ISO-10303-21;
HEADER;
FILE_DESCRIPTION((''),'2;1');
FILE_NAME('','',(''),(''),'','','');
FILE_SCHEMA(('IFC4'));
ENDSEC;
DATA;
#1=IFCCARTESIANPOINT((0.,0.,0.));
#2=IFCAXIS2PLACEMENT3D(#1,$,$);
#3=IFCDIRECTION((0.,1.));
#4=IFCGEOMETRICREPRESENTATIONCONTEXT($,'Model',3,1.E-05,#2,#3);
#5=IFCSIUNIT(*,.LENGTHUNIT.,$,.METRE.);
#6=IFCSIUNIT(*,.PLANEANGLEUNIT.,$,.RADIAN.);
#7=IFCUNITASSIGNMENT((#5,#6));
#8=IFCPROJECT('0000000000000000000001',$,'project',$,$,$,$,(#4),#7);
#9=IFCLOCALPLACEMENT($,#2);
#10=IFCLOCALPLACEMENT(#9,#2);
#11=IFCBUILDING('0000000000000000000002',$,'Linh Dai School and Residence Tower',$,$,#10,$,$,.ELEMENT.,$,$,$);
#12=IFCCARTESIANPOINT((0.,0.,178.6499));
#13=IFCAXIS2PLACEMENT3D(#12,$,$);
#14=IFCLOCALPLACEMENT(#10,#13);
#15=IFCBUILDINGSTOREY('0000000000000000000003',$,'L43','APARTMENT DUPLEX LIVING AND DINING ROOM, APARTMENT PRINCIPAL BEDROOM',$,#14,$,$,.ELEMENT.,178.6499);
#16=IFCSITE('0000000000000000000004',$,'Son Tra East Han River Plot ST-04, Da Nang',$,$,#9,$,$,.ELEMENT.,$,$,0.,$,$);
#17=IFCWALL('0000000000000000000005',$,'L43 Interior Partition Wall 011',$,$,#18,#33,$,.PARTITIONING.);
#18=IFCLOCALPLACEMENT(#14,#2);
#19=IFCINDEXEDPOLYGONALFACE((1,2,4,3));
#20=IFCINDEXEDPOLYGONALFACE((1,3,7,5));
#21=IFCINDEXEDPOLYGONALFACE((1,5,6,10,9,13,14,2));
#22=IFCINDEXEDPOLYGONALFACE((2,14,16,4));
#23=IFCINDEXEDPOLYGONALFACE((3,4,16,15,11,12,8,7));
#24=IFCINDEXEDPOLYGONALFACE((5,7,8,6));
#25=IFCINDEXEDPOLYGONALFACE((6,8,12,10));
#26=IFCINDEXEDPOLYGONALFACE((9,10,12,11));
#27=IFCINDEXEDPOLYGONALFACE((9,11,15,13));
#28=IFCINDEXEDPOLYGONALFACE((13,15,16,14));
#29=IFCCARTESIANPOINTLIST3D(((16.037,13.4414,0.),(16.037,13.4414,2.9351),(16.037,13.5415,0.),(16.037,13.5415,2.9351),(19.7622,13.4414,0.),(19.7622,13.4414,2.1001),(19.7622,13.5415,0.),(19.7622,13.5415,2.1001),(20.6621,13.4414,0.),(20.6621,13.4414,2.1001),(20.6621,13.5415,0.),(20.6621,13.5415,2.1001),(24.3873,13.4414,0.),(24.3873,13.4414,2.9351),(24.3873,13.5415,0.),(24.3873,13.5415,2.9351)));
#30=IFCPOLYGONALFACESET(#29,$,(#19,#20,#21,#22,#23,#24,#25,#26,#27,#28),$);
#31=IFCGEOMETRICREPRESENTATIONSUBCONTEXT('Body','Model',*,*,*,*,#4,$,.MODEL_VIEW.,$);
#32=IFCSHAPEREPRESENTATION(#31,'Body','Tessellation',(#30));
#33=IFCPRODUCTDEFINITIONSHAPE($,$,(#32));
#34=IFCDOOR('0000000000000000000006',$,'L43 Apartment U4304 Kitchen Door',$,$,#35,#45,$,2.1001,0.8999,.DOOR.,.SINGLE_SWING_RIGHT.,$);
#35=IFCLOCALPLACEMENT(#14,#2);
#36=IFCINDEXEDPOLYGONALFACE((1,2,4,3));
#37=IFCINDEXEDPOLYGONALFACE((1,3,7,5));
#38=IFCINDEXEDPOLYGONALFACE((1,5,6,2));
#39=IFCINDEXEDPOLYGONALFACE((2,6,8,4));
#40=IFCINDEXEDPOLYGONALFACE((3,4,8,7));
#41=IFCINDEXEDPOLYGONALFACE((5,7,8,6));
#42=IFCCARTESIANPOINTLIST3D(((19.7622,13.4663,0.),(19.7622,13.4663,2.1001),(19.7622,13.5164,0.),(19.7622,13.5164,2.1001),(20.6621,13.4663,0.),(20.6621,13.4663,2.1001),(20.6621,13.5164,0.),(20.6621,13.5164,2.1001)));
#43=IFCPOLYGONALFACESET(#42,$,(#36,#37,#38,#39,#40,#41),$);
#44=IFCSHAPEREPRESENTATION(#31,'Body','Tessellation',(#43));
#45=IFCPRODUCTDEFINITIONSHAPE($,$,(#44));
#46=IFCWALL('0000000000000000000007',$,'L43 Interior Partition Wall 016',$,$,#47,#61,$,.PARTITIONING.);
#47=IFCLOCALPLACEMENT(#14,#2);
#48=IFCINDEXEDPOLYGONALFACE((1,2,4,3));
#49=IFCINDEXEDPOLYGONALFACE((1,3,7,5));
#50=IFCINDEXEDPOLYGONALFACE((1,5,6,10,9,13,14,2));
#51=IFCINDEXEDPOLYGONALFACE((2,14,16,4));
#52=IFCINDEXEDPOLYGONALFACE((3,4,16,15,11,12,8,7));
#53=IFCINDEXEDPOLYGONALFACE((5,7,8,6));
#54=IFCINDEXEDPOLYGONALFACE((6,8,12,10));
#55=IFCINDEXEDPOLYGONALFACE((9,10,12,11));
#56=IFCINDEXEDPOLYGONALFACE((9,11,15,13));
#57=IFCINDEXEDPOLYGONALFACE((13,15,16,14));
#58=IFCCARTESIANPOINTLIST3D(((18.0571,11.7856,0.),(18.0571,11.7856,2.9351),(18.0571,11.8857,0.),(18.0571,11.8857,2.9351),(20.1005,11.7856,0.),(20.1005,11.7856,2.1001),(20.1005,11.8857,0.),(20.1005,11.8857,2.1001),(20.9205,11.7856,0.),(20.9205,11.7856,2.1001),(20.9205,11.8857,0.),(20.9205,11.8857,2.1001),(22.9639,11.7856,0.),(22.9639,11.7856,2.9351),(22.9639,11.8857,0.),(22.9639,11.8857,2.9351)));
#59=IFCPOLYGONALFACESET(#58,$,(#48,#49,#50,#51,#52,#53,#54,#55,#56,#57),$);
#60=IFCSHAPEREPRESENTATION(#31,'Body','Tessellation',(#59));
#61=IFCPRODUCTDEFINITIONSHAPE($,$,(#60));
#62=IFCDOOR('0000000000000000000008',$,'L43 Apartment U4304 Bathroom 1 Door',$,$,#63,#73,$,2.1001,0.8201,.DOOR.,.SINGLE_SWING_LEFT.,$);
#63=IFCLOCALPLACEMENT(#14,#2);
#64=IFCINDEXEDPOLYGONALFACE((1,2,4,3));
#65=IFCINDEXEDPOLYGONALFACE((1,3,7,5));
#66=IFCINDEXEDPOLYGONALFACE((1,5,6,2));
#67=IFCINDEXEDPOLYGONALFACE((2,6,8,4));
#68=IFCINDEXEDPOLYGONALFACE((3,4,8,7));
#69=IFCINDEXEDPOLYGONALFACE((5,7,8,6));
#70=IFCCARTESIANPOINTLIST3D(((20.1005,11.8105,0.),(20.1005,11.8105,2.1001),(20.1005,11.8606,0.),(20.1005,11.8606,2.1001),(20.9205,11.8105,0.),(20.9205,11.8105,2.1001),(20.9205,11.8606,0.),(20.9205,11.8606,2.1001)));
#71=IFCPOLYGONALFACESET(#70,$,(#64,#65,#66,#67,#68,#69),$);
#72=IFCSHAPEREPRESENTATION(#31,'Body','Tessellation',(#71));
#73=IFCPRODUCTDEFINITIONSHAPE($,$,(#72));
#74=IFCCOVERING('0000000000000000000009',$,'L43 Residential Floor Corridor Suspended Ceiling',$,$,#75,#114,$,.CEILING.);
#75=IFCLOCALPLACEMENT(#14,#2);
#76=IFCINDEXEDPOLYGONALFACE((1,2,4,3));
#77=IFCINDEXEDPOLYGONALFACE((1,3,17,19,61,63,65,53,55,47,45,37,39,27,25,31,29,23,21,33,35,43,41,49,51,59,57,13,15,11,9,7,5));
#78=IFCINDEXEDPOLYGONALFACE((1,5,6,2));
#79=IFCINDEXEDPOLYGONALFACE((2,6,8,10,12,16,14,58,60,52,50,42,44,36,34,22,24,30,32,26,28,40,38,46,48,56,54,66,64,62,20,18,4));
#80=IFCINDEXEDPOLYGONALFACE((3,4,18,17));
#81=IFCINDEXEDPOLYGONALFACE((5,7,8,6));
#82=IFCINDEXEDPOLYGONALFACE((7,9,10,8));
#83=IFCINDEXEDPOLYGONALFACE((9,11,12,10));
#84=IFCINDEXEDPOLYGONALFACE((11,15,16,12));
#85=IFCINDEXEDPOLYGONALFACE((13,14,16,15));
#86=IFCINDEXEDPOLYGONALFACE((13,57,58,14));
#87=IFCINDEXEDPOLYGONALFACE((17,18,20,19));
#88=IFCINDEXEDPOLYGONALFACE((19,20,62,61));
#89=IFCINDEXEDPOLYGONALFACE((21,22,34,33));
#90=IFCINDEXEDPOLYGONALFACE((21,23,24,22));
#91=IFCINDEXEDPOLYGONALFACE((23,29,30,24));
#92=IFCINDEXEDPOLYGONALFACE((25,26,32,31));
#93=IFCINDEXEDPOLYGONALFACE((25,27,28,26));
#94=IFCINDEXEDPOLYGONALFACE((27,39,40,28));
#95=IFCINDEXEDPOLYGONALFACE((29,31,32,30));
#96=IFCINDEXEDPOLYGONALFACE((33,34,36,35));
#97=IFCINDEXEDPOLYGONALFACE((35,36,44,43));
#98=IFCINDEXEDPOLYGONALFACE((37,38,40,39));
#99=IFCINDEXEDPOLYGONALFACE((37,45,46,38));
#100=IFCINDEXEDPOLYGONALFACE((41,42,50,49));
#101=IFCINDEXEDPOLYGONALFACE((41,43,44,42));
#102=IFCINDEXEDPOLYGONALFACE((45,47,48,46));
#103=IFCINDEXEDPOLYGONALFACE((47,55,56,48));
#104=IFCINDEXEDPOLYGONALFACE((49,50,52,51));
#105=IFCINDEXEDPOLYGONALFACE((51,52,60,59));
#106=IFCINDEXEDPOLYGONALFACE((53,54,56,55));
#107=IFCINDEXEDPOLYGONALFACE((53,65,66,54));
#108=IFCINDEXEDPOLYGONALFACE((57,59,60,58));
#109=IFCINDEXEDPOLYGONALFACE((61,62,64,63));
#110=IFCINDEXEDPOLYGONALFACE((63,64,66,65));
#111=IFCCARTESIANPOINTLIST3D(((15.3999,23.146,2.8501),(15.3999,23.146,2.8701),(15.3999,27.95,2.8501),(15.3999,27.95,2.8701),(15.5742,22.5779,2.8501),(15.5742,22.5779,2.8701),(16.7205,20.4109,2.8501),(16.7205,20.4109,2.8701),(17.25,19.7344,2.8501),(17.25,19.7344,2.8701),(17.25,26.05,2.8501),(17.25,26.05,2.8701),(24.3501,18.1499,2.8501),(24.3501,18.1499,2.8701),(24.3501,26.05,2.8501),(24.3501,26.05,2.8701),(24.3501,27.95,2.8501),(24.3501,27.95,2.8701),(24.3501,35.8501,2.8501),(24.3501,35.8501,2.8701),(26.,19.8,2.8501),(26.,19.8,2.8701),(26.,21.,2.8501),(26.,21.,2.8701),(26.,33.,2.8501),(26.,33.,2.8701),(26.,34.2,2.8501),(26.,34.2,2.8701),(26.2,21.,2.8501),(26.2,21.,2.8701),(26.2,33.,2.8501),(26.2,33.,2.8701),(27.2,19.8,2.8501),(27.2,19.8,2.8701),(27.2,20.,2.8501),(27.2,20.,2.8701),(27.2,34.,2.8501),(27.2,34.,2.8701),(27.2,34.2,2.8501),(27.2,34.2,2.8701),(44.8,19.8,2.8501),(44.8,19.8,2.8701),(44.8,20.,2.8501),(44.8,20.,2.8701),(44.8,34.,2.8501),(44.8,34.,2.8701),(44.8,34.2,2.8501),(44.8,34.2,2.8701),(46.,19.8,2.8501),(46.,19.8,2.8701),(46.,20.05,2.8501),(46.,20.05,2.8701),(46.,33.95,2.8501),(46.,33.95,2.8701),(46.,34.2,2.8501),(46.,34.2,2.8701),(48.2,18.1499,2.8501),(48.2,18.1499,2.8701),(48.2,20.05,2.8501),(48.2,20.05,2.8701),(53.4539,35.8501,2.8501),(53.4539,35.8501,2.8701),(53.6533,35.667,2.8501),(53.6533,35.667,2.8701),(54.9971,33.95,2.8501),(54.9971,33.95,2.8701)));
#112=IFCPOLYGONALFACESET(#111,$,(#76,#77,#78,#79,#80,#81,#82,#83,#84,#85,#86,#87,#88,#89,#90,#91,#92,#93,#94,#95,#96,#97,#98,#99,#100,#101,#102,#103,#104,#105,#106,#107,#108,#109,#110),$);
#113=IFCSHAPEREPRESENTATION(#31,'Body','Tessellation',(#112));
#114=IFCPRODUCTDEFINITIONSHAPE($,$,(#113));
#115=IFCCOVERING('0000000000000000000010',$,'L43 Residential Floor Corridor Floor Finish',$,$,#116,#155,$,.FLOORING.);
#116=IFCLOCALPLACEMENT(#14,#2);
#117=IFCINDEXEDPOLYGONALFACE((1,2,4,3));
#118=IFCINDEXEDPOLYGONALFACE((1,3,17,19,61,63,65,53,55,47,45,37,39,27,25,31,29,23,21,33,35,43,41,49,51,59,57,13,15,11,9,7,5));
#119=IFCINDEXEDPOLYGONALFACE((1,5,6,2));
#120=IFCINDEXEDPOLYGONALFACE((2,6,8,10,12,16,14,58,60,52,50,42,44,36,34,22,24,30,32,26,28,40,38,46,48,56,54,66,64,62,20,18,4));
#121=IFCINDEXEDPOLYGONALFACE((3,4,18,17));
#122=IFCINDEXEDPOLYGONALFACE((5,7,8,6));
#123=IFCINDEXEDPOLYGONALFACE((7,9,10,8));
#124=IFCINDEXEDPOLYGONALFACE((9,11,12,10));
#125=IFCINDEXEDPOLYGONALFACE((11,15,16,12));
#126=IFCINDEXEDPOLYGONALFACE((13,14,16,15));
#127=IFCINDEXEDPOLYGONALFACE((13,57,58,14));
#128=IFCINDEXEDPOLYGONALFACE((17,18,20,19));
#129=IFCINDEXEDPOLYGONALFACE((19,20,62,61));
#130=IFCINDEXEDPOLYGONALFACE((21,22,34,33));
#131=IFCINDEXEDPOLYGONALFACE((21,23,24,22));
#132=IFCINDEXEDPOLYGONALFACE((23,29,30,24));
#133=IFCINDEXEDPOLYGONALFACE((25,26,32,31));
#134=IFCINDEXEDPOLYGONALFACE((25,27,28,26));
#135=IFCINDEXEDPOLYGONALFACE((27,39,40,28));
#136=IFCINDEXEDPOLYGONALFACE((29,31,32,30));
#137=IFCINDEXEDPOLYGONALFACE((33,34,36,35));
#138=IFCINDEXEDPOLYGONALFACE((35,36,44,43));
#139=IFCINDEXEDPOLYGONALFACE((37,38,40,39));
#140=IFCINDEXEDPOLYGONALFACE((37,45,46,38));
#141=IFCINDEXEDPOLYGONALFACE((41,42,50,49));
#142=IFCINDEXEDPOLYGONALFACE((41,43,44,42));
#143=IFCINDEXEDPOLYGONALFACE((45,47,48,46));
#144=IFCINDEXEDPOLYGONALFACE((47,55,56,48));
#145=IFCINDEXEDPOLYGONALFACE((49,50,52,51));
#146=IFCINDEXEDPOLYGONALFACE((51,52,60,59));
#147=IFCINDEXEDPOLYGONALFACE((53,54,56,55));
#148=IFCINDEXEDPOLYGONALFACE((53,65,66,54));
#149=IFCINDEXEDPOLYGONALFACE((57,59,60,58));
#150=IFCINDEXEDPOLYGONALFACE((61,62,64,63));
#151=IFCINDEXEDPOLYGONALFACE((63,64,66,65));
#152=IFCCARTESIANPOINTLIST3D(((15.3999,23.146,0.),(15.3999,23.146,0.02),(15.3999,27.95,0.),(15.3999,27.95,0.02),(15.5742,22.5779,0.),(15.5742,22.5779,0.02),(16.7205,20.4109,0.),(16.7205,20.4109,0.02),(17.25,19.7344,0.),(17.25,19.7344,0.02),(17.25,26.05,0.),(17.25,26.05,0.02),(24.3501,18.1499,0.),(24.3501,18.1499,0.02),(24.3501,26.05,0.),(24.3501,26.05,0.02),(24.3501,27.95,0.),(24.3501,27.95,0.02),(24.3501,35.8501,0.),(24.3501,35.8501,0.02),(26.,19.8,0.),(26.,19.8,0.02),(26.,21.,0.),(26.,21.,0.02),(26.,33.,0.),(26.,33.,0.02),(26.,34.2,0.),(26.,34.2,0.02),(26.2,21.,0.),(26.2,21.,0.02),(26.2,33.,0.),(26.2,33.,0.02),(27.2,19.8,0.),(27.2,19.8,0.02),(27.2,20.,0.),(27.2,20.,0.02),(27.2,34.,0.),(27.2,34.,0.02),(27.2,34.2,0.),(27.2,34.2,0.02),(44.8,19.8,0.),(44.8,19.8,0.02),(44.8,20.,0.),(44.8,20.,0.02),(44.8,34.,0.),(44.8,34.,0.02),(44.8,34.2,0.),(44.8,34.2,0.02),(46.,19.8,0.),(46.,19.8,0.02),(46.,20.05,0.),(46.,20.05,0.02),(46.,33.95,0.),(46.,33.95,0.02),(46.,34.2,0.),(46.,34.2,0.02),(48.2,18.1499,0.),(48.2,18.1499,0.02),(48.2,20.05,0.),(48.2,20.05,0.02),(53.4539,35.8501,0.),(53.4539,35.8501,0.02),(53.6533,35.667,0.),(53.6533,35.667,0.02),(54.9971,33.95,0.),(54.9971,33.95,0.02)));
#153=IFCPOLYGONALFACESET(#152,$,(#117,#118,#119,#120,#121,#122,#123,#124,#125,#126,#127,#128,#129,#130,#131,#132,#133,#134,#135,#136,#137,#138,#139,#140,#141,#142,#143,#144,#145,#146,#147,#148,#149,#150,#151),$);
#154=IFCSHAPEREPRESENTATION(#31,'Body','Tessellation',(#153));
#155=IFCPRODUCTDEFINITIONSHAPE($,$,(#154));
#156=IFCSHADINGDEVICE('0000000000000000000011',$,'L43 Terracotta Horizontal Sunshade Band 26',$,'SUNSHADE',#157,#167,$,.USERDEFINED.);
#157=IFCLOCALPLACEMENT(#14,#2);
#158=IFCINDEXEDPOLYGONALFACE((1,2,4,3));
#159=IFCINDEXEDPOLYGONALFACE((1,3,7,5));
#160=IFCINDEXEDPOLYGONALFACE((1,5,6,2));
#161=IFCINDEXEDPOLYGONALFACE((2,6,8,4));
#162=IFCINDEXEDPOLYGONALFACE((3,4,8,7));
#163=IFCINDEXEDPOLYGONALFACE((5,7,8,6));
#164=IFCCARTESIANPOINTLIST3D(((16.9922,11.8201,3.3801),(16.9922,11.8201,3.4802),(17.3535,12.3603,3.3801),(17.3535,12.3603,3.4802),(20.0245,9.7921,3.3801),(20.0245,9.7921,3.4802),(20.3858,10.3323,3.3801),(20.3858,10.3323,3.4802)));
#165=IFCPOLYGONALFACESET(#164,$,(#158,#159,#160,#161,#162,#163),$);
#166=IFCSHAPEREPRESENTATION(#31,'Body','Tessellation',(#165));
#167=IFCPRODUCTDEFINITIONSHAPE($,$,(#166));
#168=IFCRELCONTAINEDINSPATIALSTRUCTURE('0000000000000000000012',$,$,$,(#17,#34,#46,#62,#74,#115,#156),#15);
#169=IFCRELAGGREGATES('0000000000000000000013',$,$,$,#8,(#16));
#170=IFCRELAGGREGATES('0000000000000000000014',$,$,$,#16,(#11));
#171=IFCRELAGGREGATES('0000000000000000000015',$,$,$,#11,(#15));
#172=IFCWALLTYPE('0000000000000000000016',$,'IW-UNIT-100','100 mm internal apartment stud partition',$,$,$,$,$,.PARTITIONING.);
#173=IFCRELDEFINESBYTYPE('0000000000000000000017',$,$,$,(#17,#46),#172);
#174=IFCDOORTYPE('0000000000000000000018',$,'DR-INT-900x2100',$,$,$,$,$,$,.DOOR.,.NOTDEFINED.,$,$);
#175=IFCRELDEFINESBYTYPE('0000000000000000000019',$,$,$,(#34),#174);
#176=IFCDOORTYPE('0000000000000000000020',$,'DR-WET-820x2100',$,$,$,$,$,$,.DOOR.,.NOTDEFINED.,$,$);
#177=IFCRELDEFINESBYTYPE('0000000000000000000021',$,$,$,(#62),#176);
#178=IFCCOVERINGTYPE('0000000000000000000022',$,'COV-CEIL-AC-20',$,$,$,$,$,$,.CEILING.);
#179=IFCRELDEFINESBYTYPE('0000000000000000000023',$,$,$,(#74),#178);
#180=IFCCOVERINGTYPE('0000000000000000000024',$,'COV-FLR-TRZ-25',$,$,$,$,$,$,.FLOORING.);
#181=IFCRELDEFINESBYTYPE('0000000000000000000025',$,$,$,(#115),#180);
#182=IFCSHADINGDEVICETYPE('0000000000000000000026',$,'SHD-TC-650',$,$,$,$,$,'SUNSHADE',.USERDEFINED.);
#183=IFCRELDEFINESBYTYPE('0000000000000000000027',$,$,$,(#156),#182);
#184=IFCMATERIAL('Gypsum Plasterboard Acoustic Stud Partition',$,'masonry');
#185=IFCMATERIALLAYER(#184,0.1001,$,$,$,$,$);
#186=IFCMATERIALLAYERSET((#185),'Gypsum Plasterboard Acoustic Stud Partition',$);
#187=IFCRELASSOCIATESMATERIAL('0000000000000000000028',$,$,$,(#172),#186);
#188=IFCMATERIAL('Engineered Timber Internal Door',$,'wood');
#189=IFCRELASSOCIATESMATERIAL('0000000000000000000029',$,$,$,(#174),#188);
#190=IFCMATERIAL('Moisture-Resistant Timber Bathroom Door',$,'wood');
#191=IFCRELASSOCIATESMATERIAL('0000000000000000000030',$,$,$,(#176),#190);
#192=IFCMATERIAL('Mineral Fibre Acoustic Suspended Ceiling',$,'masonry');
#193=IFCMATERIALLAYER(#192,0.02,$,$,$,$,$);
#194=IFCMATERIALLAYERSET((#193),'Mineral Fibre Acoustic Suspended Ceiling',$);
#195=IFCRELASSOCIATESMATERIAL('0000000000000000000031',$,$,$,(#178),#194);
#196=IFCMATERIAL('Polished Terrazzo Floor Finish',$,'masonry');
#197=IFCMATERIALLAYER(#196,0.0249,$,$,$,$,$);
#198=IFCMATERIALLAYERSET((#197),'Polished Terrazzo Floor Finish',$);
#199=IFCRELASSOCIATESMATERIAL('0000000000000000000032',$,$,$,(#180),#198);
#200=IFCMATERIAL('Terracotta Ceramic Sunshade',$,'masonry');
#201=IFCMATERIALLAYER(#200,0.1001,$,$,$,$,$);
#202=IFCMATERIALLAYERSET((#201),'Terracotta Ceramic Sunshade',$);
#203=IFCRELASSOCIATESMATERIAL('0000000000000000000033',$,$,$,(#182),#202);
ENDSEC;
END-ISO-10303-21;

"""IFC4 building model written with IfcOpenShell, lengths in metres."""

from ifc_helpers import new_model, si_unit, direction, frame, frame_2d, origin, origin_2d, place, context, subcontext, project, spatial, polyline, rectangle, outline, extrude, source, transform, mapped, material, layer, layer_set, type_object, element, fill, save


model = new_model("IFC4")

# Units and contexts
model_context = context("Model", 3, precision=1e-05, world=origin(), true_north=direction((0.0, 1.0)))
body_context = subcontext(model_context, "Body", "Model", "MODEL_VIEW")
ifc_project = project(units=[si_unit("LENGTHUNIT", "METRE"), si_unit("PLANEANGLEUNIT", "RADIAN")], contexts=[model_context])

# Site, building, storey
site_placement = place(None, origin())
site = spatial("IfcSite", under=ifc_project, at=site_placement, Name="Son Tra East Han River Plot ST-04, Da Nang", CompositionType="ELEMENT", RefElevation=0.0)
building_placement = place(site_placement, origin())
building = spatial("IfcBuilding", under=site, at=building_placement, Name="Linh Dai School and Residence Tower", CompositionType="ELEMENT")
storey_placement = place(building_placement, frame((0.0, 0.0, 178.6499)))
storey = spatial("IfcBuildingStorey", under=building, at=storey_placement, Name="L43", Description="APARTMENT DUPLEX LIVING AND DINING ROOM, APARTMENT PRINCIPAL BEDROOM", CompositionType="ELEMENT", Elevation=178.6499)

# Walls, openings, doors
ifc_material_1 = material(Name="Gypsum Plasterboard Acoustic Stud Partition", Category="masonry")
ifc_layer_1 = layer(ifc_material_1, 0.1001)
ifc_layer_set_1 = layer_set([ifc_layer_1], Name="Gypsum Plasterboard Acoustic Stud Partition")
wall_type_1 = type_object("IfcWallType", Name="IW-UNIT-100", Description="100 mm internal apartment stud partition", PredefinedType="PARTITIONING", material=ifc_layer_set_1)
ifc_material_2 = material(Name="Engineered Timber Internal Door", Category="wood")
door_type_1 = type_object("IfcDoorType", Name="DR-INT-900x2100", OperationType="NOTDEFINED", PredefinedType="DOOR", material=ifc_material_2)
shared_shape_1 = source(origin(), body_context, "Body", "SweptSolid", [
    extrude(rectangle(XDim=0.8999, YDim=2.1001, at=origin_2d()), frame((0.45, 0.0249, 1.05), z_axis=(0.0, -1.0, 0.0), x_axis=(1.0, 0.0, 0.0)), (0.0, 0.0, 1.0), 0.05),
])
wall_1_placement = place(storey_placement, frame((16.0369, 13.4915, 0.0), z_axis=(0.0, 0.0, 1.0), x_axis=(1.0, 0.0, 0.0)))
wall_1 = element("IfcWall", 1, at=wall_1_placement, inside=storey, type_object=wall_type_1, Name="L43 Interior Partition Wall 011", PredefinedType="PARTITIONING", context=body_context, shape_type="SweptSolid", body=[
    extrude(rectangle(XDim=8.3503, YDim=0.1001, at=frame_2d((4.1753, 0.0))), origin(), (0.0, 0.0, 1.0), 2.9351),
])
opening_1_placement = place(wall_1_placement, frame((3.7253, 0.0, 0.0)))
opening_1 = element("IfcOpeningElement", 2, at=opening_1_placement, cuts=wall_1, PredefinedType="OPENING", context=body_context, shape_type="SweptSolid", body=[
    extrude(rectangle(XDim=0.8999, YDim=2.1001, at=origin_2d()), frame((0.45, 0.0601, 1.05), z_axis=(0.0, -1.0, 0.0), x_axis=(1.0, 0.0, 0.0)), (0.0, 0.0, 1.0), 0.1201),
])
door_1_placement = place(opening_1_placement, origin())
door_1 = element("IfcDoor", 3, at=door_1_placement, inside=storey, type_object=door_type_1, Name="L43 Apartment U4304 Kitchen Door", OperationType="SINGLE_SWING_RIGHT", OverallHeight=2.1001, OverallWidth=0.8999, PredefinedType="DOOR", context=body_context, shape_type="MappedRepresentation", body=[
    mapped(shared_shape_1, transform((0.0, 0.0, 0.0), x_axis=(1.0, 0.0, 0.0), y_axis=(0.0, 1.0, 0.0), z_axis=(0.0, 0.0, 1.0), scale=1.0)),
])
fill(opening_1, door_1)
wall_2_placement = place(storey_placement, frame((18.0571, 11.8357, 0.0), z_axis=(0.0, 0.0, 1.0), x_axis=(1.0, 0.0, 0.0)))
wall_2 = element("IfcWall", 4, at=wall_2_placement, inside=storey, type_object=wall_type_1, Name="L43 Interior Partition Wall 016", PredefinedType="PARTITIONING", context=body_context, shape_type="SweptSolid", body=[
    extrude(rectangle(XDim=4.9067, YDim=0.1001, at=frame_2d((2.4534, 0.0))), origin(), (0.0, 0.0, 1.0), 2.9351),
])
opening_2_placement = place(wall_2_placement, frame((2.0432, 0.0, 0.0)))
opening_2 = element("IfcOpeningElement", 5, at=opening_2_placement, cuts=wall_2, PredefinedType="OPENING", context=body_context, shape_type="SweptSolid", body=[
    extrude(rectangle(XDim=0.8201, YDim=2.1001, at=origin_2d()), frame((0.4102, 0.0601, 1.05), z_axis=(0.0, -1.0, 0.0), x_axis=(1.0, 0.0, 0.0)), (0.0, 0.0, 1.0), 0.1201),
])
ifc_material_3 = material(Name="Moisture-Resistant Timber Bathroom Door", Category="wood")
door_type_2 = type_object("IfcDoorType", Name="DR-WET-820x2100", OperationType="NOTDEFINED", PredefinedType="DOOR", material=ifc_material_3)
shared_shape_2 = source(origin(), body_context, "Body", "SweptSolid", [
    extrude(rectangle(XDim=0.8201, YDim=2.1001, at=origin_2d()), frame((0.4102, 0.0249, 1.05), z_axis=(0.0, -1.0, 0.0), x_axis=(1.0, 0.0, 0.0)), (0.0, 0.0, 1.0), 0.05),
])
door_2_placement = place(opening_2_placement, origin())
door_2 = element("IfcDoor", 6, at=door_2_placement, inside=storey, type_object=door_type_2, Name="L43 Apartment U4304 Bathroom 1 Door", OperationType="SINGLE_SWING_LEFT", OverallHeight=2.1001, OverallWidth=0.8201, PredefinedType="DOOR", context=body_context, shape_type="MappedRepresentation", body=[
    mapped(shared_shape_2, transform((0.0, 0.0, 0.0), x_axis=(1.0, 0.0, 0.0), y_axis=(0.0, 1.0, 0.0), z_axis=(0.0, 0.0, 1.0), scale=1.0)),
])
fill(opening_2, door_2)

# Coverings
ifc_material_4 = material(Name="Mineral Fibre Acoustic Suspended Ceiling", Category="masonry")
ifc_layer_2 = layer(ifc_material_4, 0.02)
ifc_layer_set_2 = layer_set([ifc_layer_2], Name="Mineral Fibre Acoustic Suspended Ceiling")
covering_type_1 = type_object("IfcCoveringType", Name="COV-CEIL-AC-20", PredefinedType="CEILING", material=ifc_layer_set_2)
covering_1_placement = place(storey_placement, frame((0.0, 0.0, 2.8501)))
element("IfcCovering", 7, at=covering_1_placement, inside=storey, type_object=covering_type_1, Name="L43 Residential Floor Corridor Suspended Ceiling", PredefinedType="CEILING", context=body_context, shape_type="SweptSolid", body=[
    extrude(outline(polyline([(17.25, 19.7344), (16.7205, 20.4109), (15.5742, 22.5779), (15.3999, 23.146), (15.3999, 27.95), (24.3501, 27.95), (24.3501, 35.8501), (53.4539, 35.8501), (53.6533, 35.667), (54.9971, 33.95), (46.0, 33.95), (46.0, 34.2), (44.8, 34.2), (44.8, 34.0), (27.2, 34.0), (27.2, 34.2), (26.0, 34.2), (26.0, 33.0), (26.2, 33.0), (26.2, 21.0), (26.0, 21.0), (26.0, 19.8), (27.2, 19.8), (27.2, 20.0), (44.8, 20.0), (44.8, 19.8), (46.0, 19.8), (46.0, 20.05), (48.2, 20.05), (48.2, 18.1499), (24.3501, 18.1499), (24.3501, 26.05), (17.25, 26.05), (17.25, 19.7344)])), origin(), (0.0, 0.0, 1.0), 0.02),
])
ifc_material_5 = material(Name="Polished Terrazzo Floor Finish", Category="masonry")
ifc_layer_3 = layer(ifc_material_5, 0.0249)
ifc_layer_set_3 = layer_set([ifc_layer_3], Name="Polished Terrazzo Floor Finish")
covering_type_2 = type_object("IfcCoveringType", Name="COV-FLR-TRZ-25", PredefinedType="FLOORING", material=ifc_layer_set_3)
covering_2_placement = place(storey_placement, origin())
element("IfcCovering", 8, at=covering_2_placement, inside=storey, type_object=covering_type_2, Name="L43 Residential Floor Corridor Floor Finish", PredefinedType="FLOORING", context=body_context, shape_type="SweptSolid", body=[
    extrude(outline(polyline([(17.25, 19.7344), (16.7205, 20.4109), (15.5742, 22.5779), (15.3999, 23.146), (15.3999, 27.95), (24.3501, 27.95), (24.3501, 35.8501), (53.4539, 35.8501), (53.6533, 35.667), (54.9971, 33.95), (46.0, 33.95), (46.0, 34.2), (44.8, 34.2), (44.8, 34.0), (27.2, 34.0), (27.2, 34.2), (26.0, 34.2), (26.0, 33.0), (26.2, 33.0), (26.2, 21.0), (26.0, 21.0), (26.0, 19.8), (27.2, 19.8), (27.2, 20.0), (44.8, 20.0), (44.8, 19.8), (46.0, 19.8), (46.0, 20.05), (48.2, 20.05), (48.2, 18.1499), (24.3501, 18.1499), (24.3501, 26.05), (17.25, 26.05), (17.25, 19.7344)])), origin(), (0.0, 0.0, 1.0), 0.02),
])

# Shading device
ifc_material_6 = material(Name="Terracotta Ceramic Sunshade", Category="masonry")
ifc_layer_4 = layer(ifc_material_6, 0.1001)
ifc_layer_set_4 = layer_set([ifc_layer_4], Name="Terracotta Ceramic Sunshade")
shading_device_type = type_object("IfcShadingDeviceType", Name="SHD-TC-650", ElementType="SUNSHADE", PredefinedType="USERDEFINED", material=ifc_layer_set_4)
shared_shape_3 = source(origin(), body_context, "Body", "SweptSolid", [
    extrude(rectangle(XDim=3.6479, YDim=0.6499, at=origin_2d()), origin(), (0.0, 0.0, 1.0), 0.1001),
])
shading_device_placement = place(storey_placement, frame((18.689, 11.0762, 3.3801), z_axis=(0.0, 0.0, 1.0), x_axis=(-0.831228, 0.555931, 0.0)))
element("IfcShadingDevice", 9, at=shading_device_placement, inside=storey, type_object=shading_device_type, Name="L43 Terracotta Horizontal Sunshade Band 26", ObjectType="SUNSHADE", PredefinedType="USERDEFINED", context=body_context, shape_type="MappedRepresentation", body=[
    mapped(shared_shape_3, transform((0.0, 0.0, 0.0), x_axis=(1.0, 0.0, 0.0), y_axis=(0.0, 1.0, 0.0), z_axis=(0.0, 0.0, 1.0), scale=1.0)),
])

save(model, "model.ifc")
